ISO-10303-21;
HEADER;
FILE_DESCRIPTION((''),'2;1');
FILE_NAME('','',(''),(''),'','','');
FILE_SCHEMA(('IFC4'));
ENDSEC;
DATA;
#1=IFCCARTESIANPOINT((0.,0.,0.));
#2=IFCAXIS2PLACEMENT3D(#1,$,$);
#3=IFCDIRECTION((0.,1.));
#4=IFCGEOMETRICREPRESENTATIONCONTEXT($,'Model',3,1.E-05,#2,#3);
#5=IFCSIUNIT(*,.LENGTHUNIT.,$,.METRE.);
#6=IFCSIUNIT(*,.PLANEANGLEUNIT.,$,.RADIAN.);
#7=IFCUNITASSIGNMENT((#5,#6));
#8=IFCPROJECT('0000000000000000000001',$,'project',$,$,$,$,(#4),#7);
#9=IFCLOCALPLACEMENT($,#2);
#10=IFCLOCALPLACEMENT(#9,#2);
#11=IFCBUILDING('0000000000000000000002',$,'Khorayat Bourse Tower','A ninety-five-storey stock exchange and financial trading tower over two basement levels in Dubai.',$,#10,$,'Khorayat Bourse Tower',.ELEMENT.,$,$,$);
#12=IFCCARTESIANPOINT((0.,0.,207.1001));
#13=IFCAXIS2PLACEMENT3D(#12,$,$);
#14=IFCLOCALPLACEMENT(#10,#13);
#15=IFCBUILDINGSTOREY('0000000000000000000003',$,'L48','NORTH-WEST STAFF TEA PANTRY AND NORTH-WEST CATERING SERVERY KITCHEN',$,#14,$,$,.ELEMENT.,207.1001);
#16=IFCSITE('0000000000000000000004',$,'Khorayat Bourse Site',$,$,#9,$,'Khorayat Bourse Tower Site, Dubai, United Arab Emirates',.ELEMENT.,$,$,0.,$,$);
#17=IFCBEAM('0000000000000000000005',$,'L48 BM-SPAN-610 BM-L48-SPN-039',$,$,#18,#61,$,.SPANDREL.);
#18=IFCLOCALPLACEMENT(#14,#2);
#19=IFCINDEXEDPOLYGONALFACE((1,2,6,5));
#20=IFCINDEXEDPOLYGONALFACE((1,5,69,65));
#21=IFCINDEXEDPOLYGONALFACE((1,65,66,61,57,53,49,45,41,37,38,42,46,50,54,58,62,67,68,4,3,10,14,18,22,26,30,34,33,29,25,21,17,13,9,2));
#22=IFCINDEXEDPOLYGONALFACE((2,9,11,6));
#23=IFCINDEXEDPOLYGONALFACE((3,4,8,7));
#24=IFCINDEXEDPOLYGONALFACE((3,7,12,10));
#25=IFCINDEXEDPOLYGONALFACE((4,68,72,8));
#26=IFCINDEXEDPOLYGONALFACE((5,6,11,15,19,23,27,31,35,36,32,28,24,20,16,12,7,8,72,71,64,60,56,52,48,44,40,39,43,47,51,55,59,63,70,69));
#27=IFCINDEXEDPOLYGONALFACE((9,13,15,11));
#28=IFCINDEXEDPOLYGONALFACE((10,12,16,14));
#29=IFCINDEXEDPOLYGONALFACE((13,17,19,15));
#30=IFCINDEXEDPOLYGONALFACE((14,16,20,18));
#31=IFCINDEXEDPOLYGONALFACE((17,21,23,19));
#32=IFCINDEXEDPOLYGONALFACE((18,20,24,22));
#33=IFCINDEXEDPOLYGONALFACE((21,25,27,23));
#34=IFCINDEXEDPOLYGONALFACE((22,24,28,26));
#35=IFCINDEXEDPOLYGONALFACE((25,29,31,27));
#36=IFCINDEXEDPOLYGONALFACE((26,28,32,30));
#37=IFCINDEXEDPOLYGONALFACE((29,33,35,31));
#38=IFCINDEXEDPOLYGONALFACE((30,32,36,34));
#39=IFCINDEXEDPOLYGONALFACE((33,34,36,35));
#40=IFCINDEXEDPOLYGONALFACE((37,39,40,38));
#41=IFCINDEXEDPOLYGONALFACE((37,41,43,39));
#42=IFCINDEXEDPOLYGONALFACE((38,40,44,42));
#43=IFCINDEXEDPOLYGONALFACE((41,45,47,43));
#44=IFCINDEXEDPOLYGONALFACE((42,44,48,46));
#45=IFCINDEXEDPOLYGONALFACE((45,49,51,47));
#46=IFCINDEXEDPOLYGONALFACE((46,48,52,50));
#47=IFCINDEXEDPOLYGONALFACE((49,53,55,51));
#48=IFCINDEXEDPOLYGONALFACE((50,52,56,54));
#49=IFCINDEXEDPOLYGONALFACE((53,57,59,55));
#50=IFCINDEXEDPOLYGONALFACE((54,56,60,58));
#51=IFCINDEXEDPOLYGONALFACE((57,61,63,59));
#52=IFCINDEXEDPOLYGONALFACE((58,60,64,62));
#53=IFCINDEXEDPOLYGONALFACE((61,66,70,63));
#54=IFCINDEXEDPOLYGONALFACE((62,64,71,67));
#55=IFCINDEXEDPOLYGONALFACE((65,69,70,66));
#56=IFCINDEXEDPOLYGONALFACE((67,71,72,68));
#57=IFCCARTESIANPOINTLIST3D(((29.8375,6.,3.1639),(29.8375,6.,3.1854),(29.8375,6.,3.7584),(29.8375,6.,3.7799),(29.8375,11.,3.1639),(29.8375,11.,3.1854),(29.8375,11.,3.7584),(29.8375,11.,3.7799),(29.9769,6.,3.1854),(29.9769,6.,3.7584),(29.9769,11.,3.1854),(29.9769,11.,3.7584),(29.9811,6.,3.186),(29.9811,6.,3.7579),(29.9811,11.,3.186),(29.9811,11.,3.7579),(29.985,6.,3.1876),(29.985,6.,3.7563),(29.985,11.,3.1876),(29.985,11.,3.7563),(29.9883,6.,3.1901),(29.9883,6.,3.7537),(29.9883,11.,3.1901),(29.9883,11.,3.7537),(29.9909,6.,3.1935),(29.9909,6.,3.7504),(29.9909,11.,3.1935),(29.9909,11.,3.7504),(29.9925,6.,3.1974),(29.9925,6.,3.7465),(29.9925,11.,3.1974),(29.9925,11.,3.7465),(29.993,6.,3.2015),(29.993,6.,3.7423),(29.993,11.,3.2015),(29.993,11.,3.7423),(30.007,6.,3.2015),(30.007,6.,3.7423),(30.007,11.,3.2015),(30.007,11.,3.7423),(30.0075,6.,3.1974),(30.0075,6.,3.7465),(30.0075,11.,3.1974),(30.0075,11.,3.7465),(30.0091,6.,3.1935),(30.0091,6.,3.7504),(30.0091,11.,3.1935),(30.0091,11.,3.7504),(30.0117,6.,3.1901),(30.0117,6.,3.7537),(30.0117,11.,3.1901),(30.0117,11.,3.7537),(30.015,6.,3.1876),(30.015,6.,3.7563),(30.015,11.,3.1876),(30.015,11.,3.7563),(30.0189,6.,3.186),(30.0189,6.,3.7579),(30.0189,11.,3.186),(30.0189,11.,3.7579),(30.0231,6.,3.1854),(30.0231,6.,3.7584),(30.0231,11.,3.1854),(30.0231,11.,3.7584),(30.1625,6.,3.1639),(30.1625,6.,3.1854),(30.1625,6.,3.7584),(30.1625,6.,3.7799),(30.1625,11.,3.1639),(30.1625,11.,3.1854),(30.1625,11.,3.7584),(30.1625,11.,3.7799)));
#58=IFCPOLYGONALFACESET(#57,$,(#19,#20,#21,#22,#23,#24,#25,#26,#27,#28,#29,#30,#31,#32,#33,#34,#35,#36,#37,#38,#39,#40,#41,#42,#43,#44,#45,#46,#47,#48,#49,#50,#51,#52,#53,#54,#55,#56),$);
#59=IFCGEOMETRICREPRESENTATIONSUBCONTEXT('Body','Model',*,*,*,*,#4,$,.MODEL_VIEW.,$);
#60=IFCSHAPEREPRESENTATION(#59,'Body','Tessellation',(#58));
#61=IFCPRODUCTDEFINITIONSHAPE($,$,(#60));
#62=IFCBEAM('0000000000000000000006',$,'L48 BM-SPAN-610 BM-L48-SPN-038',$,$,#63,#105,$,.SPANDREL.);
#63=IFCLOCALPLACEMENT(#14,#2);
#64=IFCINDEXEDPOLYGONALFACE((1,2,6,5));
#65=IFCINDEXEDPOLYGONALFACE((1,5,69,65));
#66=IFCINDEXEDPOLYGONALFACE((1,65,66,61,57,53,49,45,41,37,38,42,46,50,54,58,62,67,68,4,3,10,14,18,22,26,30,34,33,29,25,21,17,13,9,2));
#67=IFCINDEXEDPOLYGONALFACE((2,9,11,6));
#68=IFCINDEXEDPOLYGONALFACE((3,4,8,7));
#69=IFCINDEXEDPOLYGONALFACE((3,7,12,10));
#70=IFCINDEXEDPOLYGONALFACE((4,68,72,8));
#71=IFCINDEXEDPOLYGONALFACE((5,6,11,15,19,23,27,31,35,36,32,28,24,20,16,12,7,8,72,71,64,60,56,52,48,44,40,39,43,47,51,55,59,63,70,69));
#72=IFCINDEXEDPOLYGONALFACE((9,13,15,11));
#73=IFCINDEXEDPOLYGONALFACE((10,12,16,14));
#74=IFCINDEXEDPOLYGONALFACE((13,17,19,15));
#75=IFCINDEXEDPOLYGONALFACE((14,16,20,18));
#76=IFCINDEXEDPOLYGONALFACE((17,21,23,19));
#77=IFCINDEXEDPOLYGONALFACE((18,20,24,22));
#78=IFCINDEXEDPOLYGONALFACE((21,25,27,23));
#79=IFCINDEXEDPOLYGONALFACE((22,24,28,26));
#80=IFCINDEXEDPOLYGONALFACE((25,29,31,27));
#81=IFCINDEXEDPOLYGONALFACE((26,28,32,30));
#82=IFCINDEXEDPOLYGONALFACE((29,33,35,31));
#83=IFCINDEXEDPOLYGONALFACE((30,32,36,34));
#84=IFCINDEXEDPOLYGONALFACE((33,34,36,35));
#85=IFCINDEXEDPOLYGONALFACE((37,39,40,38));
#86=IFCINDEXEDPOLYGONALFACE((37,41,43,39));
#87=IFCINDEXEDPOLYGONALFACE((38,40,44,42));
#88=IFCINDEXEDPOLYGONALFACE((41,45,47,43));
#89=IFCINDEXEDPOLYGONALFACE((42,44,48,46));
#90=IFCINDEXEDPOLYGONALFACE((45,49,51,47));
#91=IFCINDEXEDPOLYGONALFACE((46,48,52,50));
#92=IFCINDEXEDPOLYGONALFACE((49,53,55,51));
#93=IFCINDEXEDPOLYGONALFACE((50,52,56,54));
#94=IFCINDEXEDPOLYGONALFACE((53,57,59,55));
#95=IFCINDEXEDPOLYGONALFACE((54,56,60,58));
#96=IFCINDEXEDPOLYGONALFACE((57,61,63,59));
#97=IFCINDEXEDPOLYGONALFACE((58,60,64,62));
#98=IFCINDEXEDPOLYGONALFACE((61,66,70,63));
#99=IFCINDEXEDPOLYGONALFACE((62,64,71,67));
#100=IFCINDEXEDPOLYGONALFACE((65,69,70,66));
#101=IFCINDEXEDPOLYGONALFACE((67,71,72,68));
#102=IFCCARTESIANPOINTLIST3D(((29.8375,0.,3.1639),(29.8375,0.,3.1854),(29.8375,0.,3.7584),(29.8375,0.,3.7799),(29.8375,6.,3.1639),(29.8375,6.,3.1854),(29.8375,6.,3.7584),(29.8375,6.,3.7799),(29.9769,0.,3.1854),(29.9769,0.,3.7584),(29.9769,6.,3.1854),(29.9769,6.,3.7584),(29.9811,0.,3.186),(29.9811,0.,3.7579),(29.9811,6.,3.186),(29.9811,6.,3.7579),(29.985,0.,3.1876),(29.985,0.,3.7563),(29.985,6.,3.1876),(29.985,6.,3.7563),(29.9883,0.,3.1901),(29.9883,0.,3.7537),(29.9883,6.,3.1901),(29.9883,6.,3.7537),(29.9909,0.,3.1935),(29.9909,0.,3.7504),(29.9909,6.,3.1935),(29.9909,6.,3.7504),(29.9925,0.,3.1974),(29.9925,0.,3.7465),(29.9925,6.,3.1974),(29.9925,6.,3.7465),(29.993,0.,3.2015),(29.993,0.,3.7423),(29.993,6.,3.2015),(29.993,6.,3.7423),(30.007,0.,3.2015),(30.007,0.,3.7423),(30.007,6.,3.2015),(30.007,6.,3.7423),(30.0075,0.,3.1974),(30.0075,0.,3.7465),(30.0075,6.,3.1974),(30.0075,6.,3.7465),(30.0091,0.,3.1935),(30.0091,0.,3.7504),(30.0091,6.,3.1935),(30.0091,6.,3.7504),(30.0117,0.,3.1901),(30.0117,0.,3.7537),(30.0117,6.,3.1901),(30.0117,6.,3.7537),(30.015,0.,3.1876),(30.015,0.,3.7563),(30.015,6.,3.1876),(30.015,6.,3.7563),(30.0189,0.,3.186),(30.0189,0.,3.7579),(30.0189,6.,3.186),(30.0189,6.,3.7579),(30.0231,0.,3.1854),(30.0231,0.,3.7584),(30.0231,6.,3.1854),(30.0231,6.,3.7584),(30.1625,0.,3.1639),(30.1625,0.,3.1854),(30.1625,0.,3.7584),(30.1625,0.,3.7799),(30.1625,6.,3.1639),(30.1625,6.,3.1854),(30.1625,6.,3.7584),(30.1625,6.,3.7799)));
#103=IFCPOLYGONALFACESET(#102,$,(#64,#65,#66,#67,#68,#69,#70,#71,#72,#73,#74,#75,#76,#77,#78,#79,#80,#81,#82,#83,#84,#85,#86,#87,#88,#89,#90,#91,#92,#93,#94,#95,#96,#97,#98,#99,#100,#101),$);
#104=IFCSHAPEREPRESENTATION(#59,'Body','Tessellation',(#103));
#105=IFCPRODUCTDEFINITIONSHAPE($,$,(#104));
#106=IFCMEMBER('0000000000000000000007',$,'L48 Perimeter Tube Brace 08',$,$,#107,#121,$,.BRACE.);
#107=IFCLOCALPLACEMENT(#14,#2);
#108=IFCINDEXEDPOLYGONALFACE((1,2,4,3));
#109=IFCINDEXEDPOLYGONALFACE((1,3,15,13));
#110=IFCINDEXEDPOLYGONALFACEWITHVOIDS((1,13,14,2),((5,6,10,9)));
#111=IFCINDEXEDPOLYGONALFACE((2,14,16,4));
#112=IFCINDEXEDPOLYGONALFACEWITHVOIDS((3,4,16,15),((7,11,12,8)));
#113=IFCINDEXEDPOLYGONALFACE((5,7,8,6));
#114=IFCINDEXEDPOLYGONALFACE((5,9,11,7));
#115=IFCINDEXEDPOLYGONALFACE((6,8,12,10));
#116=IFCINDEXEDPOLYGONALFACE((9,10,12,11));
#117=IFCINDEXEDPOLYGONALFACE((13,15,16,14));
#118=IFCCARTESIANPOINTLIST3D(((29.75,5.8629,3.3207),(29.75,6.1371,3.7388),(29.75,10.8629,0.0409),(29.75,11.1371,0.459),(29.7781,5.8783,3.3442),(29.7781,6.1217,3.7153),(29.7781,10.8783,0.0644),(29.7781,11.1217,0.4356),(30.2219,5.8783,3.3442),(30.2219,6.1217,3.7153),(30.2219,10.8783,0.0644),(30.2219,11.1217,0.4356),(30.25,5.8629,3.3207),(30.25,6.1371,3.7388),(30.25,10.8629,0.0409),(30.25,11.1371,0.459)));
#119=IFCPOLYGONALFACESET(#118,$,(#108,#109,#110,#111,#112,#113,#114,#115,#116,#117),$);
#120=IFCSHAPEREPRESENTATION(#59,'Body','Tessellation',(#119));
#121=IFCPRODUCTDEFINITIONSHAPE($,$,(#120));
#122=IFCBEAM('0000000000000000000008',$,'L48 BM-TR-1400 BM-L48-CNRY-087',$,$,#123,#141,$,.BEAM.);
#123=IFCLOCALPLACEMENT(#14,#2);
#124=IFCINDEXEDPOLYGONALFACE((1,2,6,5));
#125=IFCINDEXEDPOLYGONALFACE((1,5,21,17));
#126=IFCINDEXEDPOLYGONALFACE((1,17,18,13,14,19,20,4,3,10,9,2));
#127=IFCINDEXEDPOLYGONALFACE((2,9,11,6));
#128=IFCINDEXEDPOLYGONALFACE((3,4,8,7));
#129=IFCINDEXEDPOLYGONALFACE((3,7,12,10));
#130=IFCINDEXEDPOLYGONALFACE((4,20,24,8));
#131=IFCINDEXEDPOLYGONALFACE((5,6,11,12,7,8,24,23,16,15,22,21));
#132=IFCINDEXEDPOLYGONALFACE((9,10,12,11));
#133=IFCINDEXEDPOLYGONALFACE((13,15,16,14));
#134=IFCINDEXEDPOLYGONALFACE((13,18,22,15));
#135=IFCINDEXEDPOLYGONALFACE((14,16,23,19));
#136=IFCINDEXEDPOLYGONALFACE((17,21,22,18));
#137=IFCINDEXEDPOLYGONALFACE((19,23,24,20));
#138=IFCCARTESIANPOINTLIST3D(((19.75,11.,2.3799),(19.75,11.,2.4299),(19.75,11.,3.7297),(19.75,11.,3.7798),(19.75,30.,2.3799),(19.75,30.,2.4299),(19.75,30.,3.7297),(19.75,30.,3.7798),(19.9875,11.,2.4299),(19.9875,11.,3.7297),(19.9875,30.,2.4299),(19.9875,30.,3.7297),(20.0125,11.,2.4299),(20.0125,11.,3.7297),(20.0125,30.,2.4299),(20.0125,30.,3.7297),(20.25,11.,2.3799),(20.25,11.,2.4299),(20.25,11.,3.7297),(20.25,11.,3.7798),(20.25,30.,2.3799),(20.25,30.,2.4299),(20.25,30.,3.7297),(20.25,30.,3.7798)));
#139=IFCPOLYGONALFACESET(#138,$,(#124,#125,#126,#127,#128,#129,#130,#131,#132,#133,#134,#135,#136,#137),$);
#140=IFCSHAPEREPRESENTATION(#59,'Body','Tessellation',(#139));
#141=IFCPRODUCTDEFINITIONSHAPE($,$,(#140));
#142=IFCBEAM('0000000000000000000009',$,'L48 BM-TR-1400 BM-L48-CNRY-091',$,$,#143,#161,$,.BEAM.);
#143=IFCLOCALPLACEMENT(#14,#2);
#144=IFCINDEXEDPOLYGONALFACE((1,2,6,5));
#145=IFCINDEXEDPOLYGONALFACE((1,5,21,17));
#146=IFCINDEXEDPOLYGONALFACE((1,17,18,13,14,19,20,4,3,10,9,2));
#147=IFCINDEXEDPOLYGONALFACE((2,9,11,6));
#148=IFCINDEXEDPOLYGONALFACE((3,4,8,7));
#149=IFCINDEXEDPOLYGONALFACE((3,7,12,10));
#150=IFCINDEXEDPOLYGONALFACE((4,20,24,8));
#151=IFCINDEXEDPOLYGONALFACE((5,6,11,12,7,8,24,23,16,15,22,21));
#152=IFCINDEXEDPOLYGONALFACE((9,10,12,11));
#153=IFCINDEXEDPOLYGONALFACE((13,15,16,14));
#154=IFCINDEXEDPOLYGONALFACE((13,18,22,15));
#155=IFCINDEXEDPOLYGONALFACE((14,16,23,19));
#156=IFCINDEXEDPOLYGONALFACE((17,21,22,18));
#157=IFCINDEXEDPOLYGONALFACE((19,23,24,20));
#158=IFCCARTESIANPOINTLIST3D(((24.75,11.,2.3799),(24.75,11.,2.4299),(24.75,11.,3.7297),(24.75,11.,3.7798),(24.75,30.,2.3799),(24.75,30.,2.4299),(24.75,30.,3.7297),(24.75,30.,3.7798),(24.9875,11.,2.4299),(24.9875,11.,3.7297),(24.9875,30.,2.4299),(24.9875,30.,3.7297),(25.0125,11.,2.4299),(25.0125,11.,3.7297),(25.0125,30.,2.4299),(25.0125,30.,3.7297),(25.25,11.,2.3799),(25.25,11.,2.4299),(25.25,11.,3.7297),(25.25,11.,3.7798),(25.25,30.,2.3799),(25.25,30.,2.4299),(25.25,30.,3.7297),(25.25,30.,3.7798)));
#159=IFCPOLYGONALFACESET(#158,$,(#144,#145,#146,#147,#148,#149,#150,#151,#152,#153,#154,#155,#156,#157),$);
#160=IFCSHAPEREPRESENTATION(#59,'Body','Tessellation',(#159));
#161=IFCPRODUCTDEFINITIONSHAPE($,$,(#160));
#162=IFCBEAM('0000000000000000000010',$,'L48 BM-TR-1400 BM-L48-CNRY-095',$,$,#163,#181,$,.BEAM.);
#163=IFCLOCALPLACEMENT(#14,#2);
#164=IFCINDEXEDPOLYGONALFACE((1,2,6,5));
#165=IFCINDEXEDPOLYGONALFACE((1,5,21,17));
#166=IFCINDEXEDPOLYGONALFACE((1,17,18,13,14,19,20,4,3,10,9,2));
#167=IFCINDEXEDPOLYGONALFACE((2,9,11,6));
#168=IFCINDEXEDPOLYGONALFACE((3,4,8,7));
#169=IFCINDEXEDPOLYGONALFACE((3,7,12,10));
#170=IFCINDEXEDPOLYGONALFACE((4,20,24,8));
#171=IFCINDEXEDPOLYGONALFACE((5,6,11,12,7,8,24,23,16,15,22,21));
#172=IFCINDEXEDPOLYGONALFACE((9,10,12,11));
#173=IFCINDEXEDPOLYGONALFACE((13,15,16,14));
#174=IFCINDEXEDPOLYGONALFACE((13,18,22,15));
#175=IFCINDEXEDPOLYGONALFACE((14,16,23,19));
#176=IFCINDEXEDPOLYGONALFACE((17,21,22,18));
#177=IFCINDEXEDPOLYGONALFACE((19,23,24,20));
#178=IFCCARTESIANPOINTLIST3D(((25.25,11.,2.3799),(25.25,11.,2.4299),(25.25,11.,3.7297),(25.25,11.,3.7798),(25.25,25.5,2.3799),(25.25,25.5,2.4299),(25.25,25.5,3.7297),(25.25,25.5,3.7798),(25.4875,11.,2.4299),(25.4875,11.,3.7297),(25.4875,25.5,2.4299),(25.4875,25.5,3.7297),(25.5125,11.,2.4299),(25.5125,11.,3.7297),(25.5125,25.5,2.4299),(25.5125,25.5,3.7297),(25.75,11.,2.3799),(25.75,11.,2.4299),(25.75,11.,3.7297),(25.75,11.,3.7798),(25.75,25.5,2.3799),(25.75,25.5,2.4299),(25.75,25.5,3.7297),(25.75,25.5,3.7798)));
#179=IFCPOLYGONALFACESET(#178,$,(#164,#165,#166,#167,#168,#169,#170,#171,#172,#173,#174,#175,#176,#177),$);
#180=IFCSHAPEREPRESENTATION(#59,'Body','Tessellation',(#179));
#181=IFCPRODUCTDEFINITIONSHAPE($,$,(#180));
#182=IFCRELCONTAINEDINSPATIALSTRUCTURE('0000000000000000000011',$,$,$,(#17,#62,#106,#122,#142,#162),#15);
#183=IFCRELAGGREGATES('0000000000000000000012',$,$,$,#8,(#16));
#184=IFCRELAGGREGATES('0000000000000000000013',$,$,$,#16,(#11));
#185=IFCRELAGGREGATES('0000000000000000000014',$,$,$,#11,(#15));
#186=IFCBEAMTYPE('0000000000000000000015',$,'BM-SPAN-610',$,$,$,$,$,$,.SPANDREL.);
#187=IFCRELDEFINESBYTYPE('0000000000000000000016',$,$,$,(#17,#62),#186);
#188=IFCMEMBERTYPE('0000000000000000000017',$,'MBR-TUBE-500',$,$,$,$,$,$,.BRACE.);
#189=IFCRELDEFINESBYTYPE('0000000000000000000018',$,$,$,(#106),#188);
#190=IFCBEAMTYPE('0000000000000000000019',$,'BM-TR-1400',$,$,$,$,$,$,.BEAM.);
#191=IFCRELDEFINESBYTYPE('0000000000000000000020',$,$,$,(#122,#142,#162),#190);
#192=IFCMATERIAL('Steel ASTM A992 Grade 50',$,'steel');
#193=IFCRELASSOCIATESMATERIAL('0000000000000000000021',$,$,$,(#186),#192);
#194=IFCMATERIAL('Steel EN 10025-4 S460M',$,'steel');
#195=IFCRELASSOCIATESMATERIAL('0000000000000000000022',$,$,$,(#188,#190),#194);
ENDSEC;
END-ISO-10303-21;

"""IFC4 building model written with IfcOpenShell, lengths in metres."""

from ifc_helpers import new_model, si_unit, direction, frame, origin, origin_2d, place, context, subcontext, project, spatial, hollow_rectangle, i_section, extrude, source, transform, mapped, material, material_profile, profile_set, type_object, element, save


model = new_model("IFC4")

# Units and contexts
model_context = context("Model", 3, precision=1e-05, world=origin(), true_north=direction((0.0, 1.0)))
body_context = subcontext(model_context, "Body", "Model", "MODEL_VIEW")
ifc_project = project(units=[si_unit("LENGTHUNIT", "METRE"), si_unit("PLANEANGLEUNIT", "RADIAN")], contexts=[model_context])

# Site, building, storey
site_placement = place(None, origin())
site = spatial("IfcSite", under=ifc_project, at=site_placement, Name="Khorayat Bourse Site", LongName="Khorayat Bourse Tower Site, Dubai, United Arab Emirates", CompositionType="ELEMENT", RefElevation=0.0)
building_placement = place(site_placement, origin())
building = spatial("IfcBuilding", under=site, at=building_placement, Name="Khorayat Bourse Tower", Description="A ninety-five-storey stock exchange and financial trading tower over two basement levels in Dubai.", LongName="Khorayat Bourse Tower", CompositionType="ELEMENT")
storey_placement = place(building_placement, frame((0.0, 0.0, 207.1001)))
storey = spatial("IfcBuildingStorey", under=building, at=storey_placement, Name="L48", Description="NORTH-WEST STAFF TEA PANTRY AND NORTH-WEST CATERING SERVERY KITCHEN", CompositionType="ELEMENT", Elevation=207.1001)

# Shared definitions
ifc_material_1 = material(Name="Steel EN 10025-4 S460M", Category="steel")

# Beams
ifc_material_2 = material(Name="Steel ASTM A992 Grade 50", Category="steel")
ifc_material_profile_1 = material_profile(ifc_material_2, i_section(OverallWidth=0.325, OverallDepth=0.616, WebThickness=0.0139, FlangeThickness=0.0215, FilletRadius=0.0161, at=origin_2d()), Name="W610X174")
ifc_profile_set_1 = profile_set([ifc_material_profile_1], Name="Steel ASTM A992 Grade 50")
beam_type_1 = type_object("IfcBeamType", Name="BM-SPAN-610", PredefinedType="SPANDREL", material=ifc_profile_set_1)
shared_shape_1 = source(origin(), body_context, "Body", "SweptSolid", [
    extrude(i_section(OverallWidth=0.325, OverallDepth=0.616, WebThickness=0.0139, FlangeThickness=0.0215, FilletRadius=0.0161, at=origin_2d()), origin(), (0.0, 0.0, 1.0), 5.0),
])
beam_1_placement = place(storey_placement, frame((30.0, 6.0, 3.4719), z_axis=(0.0, 1.0, 0.0), x_axis=(-1.0, 0.0, 0.0)))
element("IfcBeam", 1, at=beam_1_placement, inside=storey, type_object=beam_type_1, Name="L48 BM-SPAN-610 BM-L48-SPN-039", PredefinedType="SPANDREL", context=body_context, shape_type="MappedRepresentation", body=[
    mapped(shared_shape_1, transform((0.0, 0.0, 0.0), scale=1.0)),
])
shared_shape_2 = source(origin(), body_context, "Body", "SweptSolid", [
    extrude(i_section(OverallWidth=0.325, OverallDepth=0.616, WebThickness=0.0139, FlangeThickness=0.0215, FilletRadius=0.0161, at=origin_2d()), origin(), (0.0, 0.0, 1.0), 6.0),
])
beam_2_placement = place(storey_placement, frame((30.0, 0.0, 3.4719), z_axis=(0.0, 1.0, 0.0), x_axis=(-1.0, 0.0, 0.0)))
element("IfcBeam", 2, at=beam_2_placement, inside=storey, type_object=beam_type_1, Name="L48 BM-SPAN-610 BM-L48-SPN-038", PredefinedType="SPANDREL", context=body_context, shape_type="MappedRepresentation", body=[
    mapped(shared_shape_2, transform((0.0, 0.0, 0.0), scale=1.0)),
])

# Member
ifc_material_profile_2 = material_profile(ifc_material_1, hollow_rectangle(XDim=0.5, YDim=0.5, WallThickness=0.0281, at=origin_2d()), Name="HSS 500x500x28")
ifc_profile_set_2 = profile_set([ifc_material_profile_2], Name="Steel EN 10025-4 S460M")
member_type_1 = type_object("IfcMemberType", Name="MBR-TUBE-500", PredefinedType="BRACE", material=ifc_profile_set_2)
shared_shape_3 = source(origin(), body_context, "Body", "SweptSolid", [
    extrude(hollow_rectangle(XDim=0.5, YDim=0.5, WallThickness=0.0281, at=origin_2d()), origin(), (0.0, 0.0, 1.0), 5.9797),
])
member_1_placement = place(storey_placement, frame((30.0, 6.0, 3.5298), z_axis=(0.0, 0.83616, -0.548485), x_axis=(-1.0, 0.0, 0.0)))
element("IfcMember", 3, at=member_1_placement, inside=storey, type_object=member_type_1, Name="L48 Perimeter Tube Brace 08", PredefinedType="BRACE", context=body_context, shape_type="MappedRepresentation", body=[
    mapped(shared_shape_3, transform((0.0, 0.0, 0.0), scale=1.0)),
])

# Beams
ifc_material_profile_3 = material_profile(ifc_material_1, i_section(OverallWidth=0.5, OverallDepth=1.3999, WebThickness=0.0249, FlangeThickness=0.05, at=origin_2d()), Name="PG 1400x500x25x50")
ifc_profile_set_3 = profile_set([ifc_material_profile_3], Name="Steel EN 10025-4 S460M")
beam_type_2 = type_object("IfcBeamType", Name="BM-TR-1400", PredefinedType="BEAM", material=ifc_profile_set_3)
shared_shape_4 = source(origin(), body_context, "Body", "SweptSolid", [
    extrude(i_section(OverallWidth=0.5, OverallDepth=1.3999, WebThickness=0.0249, FlangeThickness=0.05, at=origin_2d()), origin(), (0.0, 0.0, 1.0), 19.0),
])
for number, where, z_axis, x_axis, name in (
    (4, (20.0, 11.0, 3.0798), (0.0, 1.0, 0.0), (-1.0, 0.0, 0.0), "L48 BM-TR-1400 BM-L48-CNRY-087"),
    (5, (25.0, 11.0, 3.0798), (0.0, 1.0, 0.0), (-1.0, 0.0, 0.0), "L48 BM-TR-1400 BM-L48-CNRY-091"),
):
    element("IfcBeam", number, at=place(storey_placement, frame(where, z_axis=z_axis, x_axis=x_axis)), inside=storey, type_object=beam_type_2, Name=name, PredefinedType="BEAM", context=body_context, shape_type="MappedRepresentation", body=[
        mapped(shared_shape_4, transform((0.0, 0.0, 0.0), scale=1.0)),
    ])
shared_shape_5 = source(origin(), body_context, "Body", "SweptSolid", [
    extrude(i_section(OverallWidth=0.5, OverallDepth=1.3999, WebThickness=0.0249, FlangeThickness=0.05, at=origin_2d()), origin(), (0.0, 0.0, 1.0), 14.5),
])
beam_3_placement = place(storey_placement, frame((25.5, 11.0, 3.0798), z_axis=(0.0, 1.0, 0.0), x_axis=(-1.0, 0.0, 0.0)))
element("IfcBeam", 6, at=beam_3_placement, inside=storey, type_object=beam_type_2, Name="L48 BM-TR-1400 BM-L48-CNRY-095", PredefinedType="BEAM", context=body_context, shape_type="MappedRepresentation", body=[
    mapped(shared_shape_5, transform((0.0, 0.0, 0.0), scale=1.0)),
])

save(model, "model.ifc")
